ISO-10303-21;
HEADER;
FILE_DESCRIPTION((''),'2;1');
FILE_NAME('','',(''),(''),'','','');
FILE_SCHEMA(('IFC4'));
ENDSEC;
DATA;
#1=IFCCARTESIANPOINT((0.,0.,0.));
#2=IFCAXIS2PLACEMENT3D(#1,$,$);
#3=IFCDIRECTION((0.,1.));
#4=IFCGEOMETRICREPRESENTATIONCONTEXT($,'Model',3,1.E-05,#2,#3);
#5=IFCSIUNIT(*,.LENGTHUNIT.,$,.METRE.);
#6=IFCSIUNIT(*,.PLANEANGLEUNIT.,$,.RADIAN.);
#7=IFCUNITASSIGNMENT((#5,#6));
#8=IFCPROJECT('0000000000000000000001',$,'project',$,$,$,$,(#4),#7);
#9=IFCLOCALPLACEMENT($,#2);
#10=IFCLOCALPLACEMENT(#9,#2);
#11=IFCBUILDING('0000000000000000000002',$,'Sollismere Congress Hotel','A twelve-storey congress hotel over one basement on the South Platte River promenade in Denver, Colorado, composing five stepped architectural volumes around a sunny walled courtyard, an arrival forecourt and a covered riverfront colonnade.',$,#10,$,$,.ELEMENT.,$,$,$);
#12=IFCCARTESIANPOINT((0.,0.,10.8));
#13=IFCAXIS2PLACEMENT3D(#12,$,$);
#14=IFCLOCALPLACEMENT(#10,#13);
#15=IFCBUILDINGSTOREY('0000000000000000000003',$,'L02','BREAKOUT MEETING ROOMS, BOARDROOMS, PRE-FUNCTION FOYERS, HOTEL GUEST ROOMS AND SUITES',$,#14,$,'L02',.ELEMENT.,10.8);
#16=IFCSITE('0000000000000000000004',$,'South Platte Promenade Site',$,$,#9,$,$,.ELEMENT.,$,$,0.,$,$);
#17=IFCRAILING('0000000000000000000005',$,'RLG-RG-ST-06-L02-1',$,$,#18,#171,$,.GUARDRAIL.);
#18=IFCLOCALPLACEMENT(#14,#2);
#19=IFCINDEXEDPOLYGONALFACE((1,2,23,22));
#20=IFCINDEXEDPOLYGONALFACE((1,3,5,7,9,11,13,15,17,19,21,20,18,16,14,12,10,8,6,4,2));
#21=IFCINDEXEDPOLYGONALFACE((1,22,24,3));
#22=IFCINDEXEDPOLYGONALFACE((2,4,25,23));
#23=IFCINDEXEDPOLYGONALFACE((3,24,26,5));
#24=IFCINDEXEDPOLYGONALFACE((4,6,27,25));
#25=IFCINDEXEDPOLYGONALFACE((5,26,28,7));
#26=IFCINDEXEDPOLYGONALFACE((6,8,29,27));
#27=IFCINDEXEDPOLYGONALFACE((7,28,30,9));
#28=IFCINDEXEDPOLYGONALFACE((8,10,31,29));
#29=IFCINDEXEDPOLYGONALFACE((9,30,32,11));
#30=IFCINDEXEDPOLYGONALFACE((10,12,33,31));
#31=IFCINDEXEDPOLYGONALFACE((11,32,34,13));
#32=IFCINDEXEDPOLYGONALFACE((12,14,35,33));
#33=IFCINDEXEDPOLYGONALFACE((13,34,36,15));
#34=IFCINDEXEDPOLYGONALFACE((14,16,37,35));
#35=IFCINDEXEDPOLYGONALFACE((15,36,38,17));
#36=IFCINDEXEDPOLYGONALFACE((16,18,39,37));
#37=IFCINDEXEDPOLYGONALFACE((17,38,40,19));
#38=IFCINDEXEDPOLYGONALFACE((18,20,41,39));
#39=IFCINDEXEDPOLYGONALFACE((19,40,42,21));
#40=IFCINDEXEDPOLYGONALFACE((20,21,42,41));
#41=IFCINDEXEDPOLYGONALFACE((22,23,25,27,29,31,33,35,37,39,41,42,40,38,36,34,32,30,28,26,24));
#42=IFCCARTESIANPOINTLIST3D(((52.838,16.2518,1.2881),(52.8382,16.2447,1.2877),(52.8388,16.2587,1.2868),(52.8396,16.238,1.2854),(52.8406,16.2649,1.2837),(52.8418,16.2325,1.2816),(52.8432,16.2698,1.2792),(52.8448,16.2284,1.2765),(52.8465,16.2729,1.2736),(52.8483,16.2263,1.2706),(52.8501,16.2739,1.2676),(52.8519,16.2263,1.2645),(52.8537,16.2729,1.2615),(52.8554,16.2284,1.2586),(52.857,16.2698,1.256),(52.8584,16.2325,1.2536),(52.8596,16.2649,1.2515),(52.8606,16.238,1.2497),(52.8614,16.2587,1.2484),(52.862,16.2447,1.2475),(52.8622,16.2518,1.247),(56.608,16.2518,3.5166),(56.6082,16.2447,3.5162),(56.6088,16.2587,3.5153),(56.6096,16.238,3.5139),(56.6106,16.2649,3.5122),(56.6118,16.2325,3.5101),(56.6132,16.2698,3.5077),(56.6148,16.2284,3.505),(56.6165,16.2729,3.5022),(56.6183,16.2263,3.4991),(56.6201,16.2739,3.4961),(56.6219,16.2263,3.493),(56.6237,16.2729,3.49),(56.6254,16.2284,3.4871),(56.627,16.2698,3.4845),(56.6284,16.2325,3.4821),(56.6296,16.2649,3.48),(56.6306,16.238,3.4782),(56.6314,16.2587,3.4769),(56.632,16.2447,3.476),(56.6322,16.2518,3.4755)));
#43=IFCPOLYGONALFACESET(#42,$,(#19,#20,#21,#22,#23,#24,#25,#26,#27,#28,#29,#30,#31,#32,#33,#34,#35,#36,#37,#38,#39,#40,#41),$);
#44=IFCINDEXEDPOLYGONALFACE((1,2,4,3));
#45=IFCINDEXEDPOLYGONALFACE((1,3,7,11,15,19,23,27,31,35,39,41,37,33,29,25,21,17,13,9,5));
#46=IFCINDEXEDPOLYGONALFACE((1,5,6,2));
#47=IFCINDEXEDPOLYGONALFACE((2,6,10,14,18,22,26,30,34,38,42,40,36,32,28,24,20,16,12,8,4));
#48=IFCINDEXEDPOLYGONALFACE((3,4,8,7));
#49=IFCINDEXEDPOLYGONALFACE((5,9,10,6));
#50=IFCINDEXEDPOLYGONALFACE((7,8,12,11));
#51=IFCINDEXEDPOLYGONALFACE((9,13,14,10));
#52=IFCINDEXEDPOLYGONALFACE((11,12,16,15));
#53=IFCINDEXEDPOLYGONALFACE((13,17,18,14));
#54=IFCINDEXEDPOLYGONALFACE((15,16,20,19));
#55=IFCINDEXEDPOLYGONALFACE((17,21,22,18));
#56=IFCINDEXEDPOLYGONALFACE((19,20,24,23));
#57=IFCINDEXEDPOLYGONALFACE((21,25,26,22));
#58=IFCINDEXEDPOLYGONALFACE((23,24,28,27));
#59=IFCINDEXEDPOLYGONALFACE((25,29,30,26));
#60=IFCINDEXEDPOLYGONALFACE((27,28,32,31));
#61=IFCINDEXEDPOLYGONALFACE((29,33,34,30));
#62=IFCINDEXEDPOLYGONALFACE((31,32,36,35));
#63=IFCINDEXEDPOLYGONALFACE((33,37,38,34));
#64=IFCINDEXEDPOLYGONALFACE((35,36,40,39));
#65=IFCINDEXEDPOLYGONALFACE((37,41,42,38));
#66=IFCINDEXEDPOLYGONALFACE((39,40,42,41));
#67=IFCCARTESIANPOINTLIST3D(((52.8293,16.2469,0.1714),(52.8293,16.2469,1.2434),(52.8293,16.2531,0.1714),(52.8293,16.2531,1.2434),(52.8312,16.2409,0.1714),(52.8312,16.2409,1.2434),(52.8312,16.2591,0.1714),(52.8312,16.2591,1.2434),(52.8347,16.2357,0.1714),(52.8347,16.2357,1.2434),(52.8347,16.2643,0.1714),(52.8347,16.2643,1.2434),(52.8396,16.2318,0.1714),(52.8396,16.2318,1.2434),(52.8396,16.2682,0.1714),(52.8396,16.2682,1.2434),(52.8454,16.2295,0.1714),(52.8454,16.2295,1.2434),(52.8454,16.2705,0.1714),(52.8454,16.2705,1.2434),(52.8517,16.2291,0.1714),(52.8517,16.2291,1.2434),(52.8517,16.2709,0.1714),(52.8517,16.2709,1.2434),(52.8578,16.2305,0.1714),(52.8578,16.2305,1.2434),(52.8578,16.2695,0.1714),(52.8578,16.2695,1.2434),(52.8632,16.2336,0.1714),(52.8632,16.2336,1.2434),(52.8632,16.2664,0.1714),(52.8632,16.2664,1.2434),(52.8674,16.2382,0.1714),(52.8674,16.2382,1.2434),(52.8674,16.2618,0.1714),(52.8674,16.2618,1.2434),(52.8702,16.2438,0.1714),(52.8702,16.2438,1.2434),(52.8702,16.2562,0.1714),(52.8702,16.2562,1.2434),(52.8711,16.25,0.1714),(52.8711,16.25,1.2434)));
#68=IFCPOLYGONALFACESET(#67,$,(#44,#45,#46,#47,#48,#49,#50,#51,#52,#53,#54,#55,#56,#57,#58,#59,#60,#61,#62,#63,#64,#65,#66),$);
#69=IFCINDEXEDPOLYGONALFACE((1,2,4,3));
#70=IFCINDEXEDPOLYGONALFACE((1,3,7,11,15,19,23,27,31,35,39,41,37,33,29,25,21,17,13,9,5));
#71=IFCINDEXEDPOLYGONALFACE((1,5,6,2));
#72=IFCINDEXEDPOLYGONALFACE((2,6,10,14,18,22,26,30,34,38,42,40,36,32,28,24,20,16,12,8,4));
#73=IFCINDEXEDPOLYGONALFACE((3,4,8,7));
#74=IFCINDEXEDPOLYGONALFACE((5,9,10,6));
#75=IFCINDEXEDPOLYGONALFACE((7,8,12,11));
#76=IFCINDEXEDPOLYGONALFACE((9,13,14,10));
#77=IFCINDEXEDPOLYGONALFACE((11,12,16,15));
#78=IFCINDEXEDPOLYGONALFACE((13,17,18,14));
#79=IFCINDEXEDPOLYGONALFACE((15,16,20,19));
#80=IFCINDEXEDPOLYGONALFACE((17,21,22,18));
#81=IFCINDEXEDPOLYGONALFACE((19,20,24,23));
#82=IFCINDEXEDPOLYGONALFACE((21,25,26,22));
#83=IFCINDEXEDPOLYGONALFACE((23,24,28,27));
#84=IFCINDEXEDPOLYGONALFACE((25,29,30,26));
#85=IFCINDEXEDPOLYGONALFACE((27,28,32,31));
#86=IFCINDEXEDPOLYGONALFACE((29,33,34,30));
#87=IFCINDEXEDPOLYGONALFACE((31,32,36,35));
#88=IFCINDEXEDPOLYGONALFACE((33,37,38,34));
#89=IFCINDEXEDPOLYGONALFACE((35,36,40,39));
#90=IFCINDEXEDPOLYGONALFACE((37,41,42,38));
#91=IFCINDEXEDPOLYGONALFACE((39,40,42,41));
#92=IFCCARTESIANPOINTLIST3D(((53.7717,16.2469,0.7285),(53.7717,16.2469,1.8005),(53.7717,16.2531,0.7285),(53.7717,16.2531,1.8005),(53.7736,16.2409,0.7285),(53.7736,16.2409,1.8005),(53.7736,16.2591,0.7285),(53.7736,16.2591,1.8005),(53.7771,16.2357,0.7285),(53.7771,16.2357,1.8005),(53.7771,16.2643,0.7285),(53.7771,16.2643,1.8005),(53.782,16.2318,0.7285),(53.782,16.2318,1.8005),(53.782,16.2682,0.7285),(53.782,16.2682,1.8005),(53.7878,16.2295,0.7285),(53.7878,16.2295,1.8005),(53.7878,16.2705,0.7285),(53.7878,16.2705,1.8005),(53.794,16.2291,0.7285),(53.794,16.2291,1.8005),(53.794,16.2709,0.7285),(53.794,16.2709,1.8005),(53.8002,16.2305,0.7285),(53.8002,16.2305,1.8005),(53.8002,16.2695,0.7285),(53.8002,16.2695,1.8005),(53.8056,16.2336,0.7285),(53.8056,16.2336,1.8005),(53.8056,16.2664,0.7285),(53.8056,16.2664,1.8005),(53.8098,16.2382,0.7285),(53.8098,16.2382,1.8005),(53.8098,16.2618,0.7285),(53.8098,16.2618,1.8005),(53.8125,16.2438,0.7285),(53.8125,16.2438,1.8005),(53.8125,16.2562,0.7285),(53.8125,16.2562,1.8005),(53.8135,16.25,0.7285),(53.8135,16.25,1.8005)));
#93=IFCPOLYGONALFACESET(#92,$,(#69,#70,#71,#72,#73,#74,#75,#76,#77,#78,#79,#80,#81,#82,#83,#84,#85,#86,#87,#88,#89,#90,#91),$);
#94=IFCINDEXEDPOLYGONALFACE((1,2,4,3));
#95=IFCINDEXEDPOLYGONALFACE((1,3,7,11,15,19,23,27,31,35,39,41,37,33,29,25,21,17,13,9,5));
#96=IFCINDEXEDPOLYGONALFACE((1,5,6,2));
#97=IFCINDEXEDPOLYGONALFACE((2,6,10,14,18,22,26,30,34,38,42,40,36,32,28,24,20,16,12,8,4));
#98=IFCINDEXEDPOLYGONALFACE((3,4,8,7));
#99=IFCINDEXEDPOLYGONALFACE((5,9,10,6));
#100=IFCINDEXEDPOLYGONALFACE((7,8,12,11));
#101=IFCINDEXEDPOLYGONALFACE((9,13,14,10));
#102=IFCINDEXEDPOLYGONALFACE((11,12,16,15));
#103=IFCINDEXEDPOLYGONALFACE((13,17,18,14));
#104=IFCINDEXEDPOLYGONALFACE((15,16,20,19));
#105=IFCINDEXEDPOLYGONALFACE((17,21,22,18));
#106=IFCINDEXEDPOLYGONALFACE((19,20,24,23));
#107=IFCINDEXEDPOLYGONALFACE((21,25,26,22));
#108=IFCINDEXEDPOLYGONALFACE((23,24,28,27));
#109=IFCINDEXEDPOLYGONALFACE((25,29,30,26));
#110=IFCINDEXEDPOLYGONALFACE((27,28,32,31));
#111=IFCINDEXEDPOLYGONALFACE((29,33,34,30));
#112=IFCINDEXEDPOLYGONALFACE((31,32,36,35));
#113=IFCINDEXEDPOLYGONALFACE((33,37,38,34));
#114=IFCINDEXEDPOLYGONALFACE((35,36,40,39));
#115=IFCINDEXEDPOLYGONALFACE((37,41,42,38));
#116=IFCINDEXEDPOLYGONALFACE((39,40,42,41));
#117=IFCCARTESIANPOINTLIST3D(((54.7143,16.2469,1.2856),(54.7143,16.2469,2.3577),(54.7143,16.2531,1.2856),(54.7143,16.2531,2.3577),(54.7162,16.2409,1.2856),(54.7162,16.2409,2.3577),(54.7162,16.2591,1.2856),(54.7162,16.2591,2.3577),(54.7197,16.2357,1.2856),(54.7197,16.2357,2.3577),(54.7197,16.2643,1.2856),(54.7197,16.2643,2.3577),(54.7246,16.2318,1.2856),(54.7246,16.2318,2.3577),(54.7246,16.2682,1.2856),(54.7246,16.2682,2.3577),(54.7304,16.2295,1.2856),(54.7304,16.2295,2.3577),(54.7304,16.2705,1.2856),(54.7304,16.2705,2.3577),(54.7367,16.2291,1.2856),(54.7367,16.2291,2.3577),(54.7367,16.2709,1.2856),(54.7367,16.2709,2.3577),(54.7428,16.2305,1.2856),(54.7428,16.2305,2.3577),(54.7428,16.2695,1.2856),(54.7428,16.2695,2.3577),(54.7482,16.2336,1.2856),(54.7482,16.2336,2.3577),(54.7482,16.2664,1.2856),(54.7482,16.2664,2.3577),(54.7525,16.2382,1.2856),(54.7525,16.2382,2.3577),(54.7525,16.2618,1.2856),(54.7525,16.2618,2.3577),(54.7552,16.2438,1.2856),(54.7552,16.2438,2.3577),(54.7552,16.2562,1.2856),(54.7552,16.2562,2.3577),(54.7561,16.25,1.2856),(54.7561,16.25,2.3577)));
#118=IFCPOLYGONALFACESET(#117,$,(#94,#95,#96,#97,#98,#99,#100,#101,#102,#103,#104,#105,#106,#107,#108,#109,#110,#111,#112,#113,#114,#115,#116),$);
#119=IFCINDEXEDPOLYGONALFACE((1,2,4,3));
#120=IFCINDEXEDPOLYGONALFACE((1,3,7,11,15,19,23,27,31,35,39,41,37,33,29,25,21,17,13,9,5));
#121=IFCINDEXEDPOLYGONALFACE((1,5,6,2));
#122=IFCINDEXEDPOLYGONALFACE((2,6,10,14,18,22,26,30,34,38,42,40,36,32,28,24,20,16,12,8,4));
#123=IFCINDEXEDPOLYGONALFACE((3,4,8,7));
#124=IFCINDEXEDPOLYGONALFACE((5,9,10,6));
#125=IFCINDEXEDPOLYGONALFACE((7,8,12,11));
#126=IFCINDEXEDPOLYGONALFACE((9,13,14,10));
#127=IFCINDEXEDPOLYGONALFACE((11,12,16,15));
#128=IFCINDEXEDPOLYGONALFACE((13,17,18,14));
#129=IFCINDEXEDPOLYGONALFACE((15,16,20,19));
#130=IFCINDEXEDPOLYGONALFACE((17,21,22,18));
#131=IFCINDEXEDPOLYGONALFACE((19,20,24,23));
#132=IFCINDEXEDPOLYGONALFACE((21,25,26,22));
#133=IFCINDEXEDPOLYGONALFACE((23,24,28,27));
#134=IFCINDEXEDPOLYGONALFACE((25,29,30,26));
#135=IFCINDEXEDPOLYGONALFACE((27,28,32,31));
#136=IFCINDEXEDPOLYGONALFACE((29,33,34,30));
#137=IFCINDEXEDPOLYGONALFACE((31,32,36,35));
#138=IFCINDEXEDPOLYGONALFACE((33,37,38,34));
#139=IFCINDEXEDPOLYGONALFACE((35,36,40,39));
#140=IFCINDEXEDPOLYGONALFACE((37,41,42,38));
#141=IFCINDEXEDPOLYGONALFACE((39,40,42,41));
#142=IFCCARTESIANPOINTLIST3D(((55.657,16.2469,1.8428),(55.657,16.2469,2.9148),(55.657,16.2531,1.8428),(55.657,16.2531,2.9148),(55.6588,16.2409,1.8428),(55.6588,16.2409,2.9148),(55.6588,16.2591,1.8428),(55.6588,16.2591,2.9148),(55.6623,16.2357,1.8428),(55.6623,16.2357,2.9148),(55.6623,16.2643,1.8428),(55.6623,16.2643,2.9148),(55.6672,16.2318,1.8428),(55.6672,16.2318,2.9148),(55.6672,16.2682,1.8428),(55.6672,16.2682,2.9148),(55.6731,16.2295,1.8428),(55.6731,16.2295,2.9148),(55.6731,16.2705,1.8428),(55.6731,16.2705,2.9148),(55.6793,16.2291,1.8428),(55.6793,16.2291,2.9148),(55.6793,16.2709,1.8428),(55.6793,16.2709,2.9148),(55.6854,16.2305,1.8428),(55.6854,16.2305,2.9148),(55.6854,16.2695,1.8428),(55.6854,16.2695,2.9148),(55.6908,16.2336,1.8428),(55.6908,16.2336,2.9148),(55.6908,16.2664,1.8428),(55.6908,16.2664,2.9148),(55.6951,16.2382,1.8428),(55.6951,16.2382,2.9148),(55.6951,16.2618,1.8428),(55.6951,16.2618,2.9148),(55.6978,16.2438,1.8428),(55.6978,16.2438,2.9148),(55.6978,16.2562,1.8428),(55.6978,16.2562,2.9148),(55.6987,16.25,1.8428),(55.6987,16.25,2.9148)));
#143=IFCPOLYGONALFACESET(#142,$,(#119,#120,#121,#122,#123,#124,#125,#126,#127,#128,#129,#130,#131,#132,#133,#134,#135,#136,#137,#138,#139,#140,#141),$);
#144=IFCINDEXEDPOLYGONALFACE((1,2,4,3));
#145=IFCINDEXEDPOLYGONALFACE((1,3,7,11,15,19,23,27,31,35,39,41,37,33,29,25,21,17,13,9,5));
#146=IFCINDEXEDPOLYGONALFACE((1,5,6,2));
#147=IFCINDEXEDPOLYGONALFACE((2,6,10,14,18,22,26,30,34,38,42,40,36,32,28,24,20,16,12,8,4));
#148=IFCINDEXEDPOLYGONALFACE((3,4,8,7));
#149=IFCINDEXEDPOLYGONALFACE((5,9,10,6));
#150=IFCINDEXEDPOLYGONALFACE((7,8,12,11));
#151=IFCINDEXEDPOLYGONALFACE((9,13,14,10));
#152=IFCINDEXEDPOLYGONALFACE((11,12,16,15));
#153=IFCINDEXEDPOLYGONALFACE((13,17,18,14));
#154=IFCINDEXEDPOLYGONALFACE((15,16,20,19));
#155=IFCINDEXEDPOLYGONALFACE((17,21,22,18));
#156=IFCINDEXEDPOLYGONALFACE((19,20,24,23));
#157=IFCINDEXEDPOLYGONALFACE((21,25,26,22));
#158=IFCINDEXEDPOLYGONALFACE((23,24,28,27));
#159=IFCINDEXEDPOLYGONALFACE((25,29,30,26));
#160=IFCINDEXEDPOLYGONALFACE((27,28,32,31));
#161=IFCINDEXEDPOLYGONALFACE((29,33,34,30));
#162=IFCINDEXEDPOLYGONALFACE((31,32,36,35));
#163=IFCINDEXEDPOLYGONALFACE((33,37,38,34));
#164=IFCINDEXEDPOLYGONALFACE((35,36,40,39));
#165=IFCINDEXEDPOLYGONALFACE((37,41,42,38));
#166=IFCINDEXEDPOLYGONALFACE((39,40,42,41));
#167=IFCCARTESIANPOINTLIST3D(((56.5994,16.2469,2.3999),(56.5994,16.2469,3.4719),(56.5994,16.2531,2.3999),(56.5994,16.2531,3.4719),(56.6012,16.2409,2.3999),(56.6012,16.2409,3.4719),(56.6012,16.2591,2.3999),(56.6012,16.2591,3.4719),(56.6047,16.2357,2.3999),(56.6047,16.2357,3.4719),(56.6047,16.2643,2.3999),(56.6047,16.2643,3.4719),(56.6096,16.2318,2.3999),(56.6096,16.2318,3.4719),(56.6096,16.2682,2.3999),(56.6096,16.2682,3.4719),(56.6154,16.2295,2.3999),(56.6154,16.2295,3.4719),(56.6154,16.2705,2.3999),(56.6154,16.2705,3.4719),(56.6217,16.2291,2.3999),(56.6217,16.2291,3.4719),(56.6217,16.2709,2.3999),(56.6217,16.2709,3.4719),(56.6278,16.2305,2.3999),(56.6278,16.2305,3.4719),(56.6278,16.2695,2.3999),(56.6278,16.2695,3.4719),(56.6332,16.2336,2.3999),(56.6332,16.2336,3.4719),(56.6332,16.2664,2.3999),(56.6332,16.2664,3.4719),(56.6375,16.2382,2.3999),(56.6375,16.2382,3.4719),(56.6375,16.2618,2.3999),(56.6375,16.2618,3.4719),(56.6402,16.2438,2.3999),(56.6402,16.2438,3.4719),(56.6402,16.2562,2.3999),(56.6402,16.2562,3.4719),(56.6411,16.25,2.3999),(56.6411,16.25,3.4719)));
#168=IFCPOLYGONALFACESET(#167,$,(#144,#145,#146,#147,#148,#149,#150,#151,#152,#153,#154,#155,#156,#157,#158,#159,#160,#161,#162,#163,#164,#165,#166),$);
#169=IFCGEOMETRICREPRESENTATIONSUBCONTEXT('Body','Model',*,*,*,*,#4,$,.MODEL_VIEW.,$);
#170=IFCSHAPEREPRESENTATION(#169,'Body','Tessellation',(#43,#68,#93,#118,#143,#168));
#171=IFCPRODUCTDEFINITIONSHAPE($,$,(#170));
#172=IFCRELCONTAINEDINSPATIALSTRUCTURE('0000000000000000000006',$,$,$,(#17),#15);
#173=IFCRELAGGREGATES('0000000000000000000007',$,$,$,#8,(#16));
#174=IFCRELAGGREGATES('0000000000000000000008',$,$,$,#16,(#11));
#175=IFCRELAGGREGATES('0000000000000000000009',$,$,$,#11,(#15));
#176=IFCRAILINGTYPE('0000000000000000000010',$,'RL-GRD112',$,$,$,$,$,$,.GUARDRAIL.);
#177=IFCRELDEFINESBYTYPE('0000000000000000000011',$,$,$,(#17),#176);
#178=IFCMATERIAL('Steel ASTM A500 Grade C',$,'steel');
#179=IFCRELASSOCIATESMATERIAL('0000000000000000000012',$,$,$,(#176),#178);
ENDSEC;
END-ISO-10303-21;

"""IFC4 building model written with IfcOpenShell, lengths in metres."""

from ifc_helpers import new_model, si_unit, direction, frame, origin, origin_2d, place, context, subcontext, project, spatial, circle, extrude, material, type_object, element, save


model = new_model("IFC4")

# Units and contexts
model_context = context("Model", 3, precision=1e-05, world=origin(), true_north=direction((0.0, 1.0)))
body_context = subcontext(model_context, "Body", "Model", "MODEL_VIEW")
ifc_project = project(units=[si_unit("LENGTHUNIT", "METRE"), si_unit("PLANEANGLEUNIT", "RADIAN")], contexts=[model_context])

# Site, building, storey
site_placement = place(None, origin())
site = spatial("IfcSite", under=ifc_project, at=site_placement, Name="South Platte Promenade Site", CompositionType="ELEMENT", RefElevation=0.0)
building_placement = place(site_placement, origin())
building = spatial("IfcBuilding", under=site, at=building_placement, Name="Sollismere Congress Hotel", Description="A twelve-storey congress hotel over one basement on the South Platte River promenade in Denver, Colorado, composing five stepped architectural volumes around a sunny walled courtyard, an arrival forecourt and a covered riverfront colonnade.", CompositionType="ELEMENT")
storey_placement = place(building_placement, frame((0.0, 0.0, 10.8)))
storey = spatial("IfcBuildingStorey", under=building, at=storey_placement, Name="L02", Description="BREAKOUT MEETING ROOMS, BOARDROOMS, PRE-FUNCTION FOYERS, HOTEL GUEST ROOMS AND SUITES", LongName="L02", CompositionType="ELEMENT", Elevation=10.8)

# Railing
ifc_material_1 = material(Name="Steel ASTM A500 Grade C", Category="steel")
railing_type_1 = type_object("IfcRailingType", Name="RL-GRD112", PredefinedType="GUARDRAIL", material=ifc_material_1)
railing_1_placement = place(storey_placement, frame((52.8501, 16.25, 0.1714)))
element("IfcRailing", 1, at=railing_1_placement, inside=storey, type_object=railing_type_1, Name="RLG-RG-ST-06-L02-1", PredefinedType="GUARDRAIL", context=body_context, shape_type="SweptSolid", body=[
    extrude(circle(Radius=0.0239, at=origin_2d()), frame((0.0, 0.0, 1.0962), z_axis=(0.860849, 0.0, 0.508861), x_axis=(0.0, 1.0, 0.0)), (0.0, 0.0, 1.0), 4.3794),
    extrude(circle(Radius=0.021, at=origin_2d()), origin(), (0.0, 0.0, 1.0), 1.072),
    extrude(circle(Radius=0.021, at=origin_2d()), frame((0.9424, 0.0, 0.5571)), (0.0, 0.0, 1.0), 1.072),
    extrude(circle(Radius=0.021, at=origin_2d()), frame((1.885, 0.0, 1.1143)), (0.0, 0.0, 1.0), 1.072),
    extrude(circle(Radius=0.021, at=origin_2d()), frame((2.8276, 0.0, 1.6714)), (0.0, 0.0, 1.0), 1.072),
    extrude(circle(Radius=0.021, at=origin_2d()), frame((3.77, 0.0, 2.2285)), (0.0, 0.0, 1.0), 1.072),
])

save(model, "model.ifc")
